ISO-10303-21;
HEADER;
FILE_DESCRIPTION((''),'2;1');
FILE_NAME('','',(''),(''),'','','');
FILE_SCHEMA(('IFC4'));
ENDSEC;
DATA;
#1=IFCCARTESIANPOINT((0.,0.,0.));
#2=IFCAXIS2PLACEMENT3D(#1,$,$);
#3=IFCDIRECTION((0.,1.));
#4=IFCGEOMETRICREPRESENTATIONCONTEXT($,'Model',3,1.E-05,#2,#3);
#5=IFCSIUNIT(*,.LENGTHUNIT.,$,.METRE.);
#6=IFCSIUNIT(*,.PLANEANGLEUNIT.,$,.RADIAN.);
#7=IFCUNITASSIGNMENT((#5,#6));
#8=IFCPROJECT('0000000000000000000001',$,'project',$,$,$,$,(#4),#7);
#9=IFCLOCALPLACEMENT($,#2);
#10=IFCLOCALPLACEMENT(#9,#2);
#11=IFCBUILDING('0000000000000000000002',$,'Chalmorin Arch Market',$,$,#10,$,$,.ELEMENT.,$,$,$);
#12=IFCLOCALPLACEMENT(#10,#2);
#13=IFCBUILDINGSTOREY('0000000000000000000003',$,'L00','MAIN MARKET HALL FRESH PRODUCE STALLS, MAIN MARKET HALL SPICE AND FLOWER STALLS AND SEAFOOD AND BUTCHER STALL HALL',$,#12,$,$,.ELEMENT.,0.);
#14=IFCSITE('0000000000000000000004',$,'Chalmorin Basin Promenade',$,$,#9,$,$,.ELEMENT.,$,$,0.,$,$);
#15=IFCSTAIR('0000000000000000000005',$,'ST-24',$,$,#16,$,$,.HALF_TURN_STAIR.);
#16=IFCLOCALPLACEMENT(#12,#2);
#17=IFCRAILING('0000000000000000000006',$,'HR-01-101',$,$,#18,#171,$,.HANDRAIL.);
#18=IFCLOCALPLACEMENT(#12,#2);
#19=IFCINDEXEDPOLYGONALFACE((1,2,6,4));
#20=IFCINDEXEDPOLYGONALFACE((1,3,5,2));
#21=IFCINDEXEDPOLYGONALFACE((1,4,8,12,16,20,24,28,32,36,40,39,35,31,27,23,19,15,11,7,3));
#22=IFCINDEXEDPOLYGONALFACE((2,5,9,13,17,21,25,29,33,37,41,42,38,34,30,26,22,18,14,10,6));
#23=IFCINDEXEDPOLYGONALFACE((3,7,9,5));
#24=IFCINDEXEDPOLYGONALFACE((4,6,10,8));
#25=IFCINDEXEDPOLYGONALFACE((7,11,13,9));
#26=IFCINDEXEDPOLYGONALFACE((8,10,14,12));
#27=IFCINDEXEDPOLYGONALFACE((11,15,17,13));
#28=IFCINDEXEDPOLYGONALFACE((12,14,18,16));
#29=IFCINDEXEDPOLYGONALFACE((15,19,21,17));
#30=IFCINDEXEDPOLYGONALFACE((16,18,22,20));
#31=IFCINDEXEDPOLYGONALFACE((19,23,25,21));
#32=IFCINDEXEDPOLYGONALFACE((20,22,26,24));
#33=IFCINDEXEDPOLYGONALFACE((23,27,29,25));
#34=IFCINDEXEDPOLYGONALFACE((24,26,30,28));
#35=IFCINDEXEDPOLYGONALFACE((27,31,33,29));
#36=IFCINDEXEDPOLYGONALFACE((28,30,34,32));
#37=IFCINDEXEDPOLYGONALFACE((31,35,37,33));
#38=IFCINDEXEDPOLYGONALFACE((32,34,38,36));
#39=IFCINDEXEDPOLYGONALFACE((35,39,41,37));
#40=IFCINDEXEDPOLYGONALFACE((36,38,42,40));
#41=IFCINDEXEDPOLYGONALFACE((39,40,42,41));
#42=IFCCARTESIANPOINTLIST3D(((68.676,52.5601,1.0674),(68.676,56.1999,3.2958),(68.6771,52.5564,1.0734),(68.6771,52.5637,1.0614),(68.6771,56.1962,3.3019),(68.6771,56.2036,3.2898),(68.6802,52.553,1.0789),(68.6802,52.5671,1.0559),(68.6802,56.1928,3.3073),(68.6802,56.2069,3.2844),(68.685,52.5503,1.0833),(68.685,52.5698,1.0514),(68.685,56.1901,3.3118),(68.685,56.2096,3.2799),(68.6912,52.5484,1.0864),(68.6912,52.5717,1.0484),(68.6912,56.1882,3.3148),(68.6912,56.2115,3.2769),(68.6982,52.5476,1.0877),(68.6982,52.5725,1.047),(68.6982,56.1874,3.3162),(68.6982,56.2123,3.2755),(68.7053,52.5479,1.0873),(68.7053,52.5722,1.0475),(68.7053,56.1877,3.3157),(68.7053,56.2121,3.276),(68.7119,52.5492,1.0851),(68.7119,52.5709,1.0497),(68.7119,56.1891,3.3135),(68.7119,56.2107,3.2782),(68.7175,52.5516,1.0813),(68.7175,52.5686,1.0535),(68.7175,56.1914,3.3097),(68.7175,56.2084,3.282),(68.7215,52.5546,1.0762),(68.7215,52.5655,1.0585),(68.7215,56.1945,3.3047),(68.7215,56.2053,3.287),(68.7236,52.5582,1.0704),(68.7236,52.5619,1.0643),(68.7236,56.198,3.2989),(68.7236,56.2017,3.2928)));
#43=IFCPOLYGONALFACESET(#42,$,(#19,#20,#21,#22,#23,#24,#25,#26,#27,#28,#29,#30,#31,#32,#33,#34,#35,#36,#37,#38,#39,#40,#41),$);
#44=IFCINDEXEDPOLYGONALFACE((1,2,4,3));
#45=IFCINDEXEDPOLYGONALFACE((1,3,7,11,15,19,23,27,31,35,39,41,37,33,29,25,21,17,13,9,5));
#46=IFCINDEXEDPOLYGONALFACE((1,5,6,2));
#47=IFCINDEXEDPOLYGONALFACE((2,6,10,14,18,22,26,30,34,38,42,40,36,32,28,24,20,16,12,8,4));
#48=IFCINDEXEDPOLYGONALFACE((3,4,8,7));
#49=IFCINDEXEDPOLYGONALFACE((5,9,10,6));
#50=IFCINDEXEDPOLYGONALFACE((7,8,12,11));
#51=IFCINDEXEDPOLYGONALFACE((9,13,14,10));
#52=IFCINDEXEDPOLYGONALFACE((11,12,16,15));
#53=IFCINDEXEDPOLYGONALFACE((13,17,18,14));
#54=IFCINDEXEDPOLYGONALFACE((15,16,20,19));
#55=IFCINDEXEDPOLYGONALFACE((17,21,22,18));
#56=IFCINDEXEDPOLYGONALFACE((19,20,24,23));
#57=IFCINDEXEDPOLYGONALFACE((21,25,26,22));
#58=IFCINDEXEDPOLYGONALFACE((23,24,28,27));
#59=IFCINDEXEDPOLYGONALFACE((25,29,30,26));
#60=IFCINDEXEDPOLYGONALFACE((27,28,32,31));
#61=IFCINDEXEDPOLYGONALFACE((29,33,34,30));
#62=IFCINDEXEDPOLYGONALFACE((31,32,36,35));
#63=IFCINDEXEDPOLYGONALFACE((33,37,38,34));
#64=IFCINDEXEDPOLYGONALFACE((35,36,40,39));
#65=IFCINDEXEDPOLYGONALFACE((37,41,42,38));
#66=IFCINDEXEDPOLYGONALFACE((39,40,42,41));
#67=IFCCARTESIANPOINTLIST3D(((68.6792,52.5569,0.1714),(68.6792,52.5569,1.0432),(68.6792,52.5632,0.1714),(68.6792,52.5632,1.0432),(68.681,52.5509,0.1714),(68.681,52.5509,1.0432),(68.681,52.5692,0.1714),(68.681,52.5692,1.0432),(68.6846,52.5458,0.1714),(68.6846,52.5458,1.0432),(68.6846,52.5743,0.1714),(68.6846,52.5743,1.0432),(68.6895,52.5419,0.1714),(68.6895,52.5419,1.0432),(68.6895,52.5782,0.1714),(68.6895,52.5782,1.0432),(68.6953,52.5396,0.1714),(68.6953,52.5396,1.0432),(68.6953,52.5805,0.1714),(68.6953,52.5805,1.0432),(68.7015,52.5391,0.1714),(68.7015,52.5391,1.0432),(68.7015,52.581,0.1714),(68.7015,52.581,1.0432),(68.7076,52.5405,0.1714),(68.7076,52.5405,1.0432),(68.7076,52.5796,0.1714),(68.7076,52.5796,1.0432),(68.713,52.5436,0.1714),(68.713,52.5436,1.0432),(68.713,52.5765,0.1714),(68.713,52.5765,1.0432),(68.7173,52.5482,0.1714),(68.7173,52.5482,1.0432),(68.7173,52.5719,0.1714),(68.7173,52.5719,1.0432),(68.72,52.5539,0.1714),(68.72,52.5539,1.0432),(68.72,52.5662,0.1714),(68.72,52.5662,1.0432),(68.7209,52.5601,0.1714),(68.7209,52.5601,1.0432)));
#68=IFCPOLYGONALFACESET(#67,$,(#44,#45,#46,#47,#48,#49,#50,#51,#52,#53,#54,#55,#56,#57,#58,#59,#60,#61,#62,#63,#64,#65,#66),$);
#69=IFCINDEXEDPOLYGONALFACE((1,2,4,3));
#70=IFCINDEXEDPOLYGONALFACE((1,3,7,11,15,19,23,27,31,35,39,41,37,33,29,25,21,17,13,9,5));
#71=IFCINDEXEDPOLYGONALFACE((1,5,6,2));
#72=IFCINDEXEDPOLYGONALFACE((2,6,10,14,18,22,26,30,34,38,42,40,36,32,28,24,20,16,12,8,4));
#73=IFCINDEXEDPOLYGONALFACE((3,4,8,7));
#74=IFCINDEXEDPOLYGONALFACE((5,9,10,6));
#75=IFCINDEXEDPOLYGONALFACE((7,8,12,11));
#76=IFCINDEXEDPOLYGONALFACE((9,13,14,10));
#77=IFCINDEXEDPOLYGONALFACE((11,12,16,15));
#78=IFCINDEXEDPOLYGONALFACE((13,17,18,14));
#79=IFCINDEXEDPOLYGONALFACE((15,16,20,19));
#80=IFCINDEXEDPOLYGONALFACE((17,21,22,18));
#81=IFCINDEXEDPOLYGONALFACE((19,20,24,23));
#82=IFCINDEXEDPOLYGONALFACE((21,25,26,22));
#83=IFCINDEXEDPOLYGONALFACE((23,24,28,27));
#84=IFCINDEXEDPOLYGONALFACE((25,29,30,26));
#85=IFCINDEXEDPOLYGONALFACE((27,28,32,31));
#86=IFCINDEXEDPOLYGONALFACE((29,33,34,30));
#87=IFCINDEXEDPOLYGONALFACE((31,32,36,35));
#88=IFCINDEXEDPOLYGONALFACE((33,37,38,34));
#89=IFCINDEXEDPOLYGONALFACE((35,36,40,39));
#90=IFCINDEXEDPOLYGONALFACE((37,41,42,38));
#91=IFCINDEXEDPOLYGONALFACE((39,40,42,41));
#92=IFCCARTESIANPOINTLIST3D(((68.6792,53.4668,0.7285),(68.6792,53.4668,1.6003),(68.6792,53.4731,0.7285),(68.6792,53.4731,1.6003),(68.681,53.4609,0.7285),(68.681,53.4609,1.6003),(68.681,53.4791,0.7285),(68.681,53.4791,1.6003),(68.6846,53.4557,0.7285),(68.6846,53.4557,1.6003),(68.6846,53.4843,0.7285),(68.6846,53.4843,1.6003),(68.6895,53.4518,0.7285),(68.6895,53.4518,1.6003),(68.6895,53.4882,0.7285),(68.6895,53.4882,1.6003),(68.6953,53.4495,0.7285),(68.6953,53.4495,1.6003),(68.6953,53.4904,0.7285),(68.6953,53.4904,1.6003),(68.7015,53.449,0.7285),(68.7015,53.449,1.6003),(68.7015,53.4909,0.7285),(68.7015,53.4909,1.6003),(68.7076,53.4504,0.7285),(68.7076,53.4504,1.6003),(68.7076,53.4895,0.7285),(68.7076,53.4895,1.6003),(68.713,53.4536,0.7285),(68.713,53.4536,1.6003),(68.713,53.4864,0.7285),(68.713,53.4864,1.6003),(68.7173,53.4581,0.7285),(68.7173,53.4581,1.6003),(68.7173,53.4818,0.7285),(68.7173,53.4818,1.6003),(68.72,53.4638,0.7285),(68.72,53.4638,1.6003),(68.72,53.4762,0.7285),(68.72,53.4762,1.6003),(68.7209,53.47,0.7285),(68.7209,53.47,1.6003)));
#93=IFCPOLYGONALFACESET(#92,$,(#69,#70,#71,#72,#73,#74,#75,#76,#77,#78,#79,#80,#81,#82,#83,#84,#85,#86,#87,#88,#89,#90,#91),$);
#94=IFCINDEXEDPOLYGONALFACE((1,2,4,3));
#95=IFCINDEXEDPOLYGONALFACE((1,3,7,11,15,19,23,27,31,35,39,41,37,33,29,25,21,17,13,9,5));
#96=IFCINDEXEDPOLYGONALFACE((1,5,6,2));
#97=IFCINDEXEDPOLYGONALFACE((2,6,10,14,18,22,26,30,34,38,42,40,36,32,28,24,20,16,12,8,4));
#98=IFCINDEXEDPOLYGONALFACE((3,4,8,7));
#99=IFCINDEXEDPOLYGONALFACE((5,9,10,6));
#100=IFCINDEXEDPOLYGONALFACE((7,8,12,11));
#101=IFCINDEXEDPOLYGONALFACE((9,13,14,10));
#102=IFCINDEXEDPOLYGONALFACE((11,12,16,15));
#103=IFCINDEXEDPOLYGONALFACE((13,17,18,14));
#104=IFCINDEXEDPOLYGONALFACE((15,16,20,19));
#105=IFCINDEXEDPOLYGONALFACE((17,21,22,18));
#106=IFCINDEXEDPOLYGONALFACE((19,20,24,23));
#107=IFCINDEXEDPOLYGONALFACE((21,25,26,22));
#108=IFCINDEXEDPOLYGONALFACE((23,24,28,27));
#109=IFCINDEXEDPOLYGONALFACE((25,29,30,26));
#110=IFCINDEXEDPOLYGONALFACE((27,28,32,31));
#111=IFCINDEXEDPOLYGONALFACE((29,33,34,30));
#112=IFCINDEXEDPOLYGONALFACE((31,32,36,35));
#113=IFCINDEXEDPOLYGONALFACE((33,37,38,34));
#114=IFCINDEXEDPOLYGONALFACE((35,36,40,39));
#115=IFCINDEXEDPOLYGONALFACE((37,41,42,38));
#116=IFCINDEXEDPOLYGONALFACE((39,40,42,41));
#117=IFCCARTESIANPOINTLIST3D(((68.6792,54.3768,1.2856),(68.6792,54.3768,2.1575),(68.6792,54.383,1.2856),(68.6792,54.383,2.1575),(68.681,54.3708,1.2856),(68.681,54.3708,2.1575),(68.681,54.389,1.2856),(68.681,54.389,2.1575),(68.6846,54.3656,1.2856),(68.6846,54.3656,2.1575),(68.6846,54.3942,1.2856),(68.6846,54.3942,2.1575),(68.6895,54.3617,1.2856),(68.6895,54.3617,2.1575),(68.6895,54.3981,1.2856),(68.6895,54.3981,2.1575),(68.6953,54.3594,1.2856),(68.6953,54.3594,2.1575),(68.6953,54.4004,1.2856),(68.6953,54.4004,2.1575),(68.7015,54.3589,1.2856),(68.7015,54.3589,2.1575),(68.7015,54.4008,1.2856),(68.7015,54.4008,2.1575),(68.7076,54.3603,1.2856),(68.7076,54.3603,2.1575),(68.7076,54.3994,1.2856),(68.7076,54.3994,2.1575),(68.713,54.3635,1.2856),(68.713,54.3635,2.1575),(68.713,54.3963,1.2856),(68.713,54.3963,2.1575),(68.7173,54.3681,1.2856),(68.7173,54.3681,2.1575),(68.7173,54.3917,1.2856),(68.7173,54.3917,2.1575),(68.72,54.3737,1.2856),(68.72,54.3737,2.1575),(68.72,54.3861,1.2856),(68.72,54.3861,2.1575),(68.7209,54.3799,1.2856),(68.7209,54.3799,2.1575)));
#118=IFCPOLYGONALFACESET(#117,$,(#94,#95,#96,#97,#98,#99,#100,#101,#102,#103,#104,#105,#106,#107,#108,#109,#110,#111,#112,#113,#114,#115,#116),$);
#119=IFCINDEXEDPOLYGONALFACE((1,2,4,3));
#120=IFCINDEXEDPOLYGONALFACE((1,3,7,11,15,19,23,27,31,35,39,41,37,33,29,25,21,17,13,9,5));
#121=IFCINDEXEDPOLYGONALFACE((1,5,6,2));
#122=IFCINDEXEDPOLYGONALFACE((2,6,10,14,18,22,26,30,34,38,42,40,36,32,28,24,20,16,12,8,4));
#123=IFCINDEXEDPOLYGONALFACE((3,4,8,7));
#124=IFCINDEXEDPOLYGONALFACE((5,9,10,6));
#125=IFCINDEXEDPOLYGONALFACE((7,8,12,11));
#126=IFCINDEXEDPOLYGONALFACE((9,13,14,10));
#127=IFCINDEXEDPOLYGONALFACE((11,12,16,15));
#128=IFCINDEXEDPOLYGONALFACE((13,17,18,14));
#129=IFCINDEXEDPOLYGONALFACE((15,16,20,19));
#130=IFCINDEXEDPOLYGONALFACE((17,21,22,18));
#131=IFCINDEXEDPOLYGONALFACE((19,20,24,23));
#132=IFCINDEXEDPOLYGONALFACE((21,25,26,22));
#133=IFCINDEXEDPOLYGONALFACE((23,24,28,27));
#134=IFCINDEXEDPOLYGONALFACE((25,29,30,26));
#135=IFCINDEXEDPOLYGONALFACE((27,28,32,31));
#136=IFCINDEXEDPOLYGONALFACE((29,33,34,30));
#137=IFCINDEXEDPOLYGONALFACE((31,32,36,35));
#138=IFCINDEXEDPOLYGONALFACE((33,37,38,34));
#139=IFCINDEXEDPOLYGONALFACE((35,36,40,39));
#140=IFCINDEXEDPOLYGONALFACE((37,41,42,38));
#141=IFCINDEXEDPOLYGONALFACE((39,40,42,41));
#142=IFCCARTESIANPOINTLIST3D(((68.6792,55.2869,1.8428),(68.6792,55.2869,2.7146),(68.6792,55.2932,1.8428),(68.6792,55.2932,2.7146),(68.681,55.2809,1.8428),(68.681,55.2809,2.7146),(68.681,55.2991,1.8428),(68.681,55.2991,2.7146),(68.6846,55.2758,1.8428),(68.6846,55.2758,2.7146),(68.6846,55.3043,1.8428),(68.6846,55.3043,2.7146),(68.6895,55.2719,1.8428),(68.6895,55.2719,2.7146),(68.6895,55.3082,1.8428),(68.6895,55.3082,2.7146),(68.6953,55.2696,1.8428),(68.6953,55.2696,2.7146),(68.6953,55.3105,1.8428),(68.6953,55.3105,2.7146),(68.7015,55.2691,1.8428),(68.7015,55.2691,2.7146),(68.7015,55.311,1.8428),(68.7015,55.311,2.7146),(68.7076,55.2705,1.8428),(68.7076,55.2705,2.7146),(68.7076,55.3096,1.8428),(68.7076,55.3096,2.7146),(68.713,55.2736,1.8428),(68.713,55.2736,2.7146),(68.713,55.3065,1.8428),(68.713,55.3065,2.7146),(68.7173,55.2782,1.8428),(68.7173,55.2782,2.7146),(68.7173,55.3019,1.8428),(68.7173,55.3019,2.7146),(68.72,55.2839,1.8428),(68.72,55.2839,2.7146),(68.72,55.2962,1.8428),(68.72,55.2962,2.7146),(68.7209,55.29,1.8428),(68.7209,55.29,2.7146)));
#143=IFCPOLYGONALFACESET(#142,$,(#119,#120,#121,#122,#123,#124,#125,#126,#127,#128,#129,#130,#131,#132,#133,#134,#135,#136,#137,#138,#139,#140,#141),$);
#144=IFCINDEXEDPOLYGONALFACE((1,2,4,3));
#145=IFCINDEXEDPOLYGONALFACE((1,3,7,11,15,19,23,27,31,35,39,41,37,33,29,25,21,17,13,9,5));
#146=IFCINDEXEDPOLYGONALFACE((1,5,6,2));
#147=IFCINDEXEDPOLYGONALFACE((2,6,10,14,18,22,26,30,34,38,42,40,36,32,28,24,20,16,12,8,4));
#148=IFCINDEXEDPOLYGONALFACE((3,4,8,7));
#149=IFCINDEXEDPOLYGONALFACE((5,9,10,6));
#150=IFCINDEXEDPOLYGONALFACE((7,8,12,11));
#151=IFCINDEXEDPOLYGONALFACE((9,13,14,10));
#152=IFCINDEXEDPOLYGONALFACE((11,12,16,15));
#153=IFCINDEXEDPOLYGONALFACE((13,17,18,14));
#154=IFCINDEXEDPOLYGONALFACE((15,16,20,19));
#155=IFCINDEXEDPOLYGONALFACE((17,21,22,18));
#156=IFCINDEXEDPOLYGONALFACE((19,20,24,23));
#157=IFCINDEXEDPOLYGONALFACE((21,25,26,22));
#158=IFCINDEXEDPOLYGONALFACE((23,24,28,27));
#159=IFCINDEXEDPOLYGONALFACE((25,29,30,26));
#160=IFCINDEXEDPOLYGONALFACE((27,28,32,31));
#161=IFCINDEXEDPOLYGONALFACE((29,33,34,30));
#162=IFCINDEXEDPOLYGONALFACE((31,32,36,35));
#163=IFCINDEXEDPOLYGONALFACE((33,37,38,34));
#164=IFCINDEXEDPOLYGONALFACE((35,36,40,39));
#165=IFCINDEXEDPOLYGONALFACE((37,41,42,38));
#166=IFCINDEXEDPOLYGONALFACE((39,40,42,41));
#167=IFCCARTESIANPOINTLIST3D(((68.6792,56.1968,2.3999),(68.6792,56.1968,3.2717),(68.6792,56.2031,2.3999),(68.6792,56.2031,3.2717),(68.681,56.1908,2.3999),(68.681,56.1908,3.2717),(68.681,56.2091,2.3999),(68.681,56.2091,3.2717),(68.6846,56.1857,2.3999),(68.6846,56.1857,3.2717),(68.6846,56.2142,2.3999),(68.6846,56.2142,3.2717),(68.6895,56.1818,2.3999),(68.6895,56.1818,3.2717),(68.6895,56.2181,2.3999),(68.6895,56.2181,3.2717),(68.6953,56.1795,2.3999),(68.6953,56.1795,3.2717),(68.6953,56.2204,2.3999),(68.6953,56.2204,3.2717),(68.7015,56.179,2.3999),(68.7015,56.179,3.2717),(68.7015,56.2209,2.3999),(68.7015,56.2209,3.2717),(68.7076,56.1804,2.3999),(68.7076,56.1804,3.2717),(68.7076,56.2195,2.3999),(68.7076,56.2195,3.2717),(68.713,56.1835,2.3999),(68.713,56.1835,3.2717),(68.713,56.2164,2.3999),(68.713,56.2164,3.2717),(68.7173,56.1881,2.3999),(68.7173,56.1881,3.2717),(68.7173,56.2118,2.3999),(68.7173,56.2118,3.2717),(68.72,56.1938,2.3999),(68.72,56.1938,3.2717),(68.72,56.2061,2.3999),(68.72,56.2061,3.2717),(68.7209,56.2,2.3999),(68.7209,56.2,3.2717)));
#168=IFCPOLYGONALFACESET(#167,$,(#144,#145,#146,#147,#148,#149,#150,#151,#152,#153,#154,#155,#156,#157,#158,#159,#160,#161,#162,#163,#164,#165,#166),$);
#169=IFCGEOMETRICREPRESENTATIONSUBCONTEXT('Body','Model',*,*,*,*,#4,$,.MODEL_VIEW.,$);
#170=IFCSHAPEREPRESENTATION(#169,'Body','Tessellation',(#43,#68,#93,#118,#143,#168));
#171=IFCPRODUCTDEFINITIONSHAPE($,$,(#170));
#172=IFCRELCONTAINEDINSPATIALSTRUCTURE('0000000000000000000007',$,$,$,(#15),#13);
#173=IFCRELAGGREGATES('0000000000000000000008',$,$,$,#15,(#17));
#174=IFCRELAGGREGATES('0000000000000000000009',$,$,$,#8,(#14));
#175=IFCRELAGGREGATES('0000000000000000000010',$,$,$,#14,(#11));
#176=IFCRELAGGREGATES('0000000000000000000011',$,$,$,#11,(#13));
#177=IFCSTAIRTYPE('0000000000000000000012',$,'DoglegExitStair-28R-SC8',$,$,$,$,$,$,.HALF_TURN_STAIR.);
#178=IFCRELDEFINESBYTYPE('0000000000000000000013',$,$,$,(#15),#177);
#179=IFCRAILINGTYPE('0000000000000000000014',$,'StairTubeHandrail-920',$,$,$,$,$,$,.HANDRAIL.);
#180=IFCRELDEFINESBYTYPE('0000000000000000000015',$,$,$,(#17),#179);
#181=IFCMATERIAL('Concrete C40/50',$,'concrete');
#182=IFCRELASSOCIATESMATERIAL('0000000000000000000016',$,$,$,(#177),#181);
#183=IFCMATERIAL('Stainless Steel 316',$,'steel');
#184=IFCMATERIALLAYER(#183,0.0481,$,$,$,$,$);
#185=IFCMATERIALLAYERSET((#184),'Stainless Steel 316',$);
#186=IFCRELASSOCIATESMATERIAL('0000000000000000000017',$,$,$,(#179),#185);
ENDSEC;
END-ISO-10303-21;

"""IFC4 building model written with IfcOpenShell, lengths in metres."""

from ifc_helpers import new_model, si_unit, direction, frame, origin, origin_2d, place, context, subcontext, project, spatial, circle, extrude, material, layer, layer_set, type_object, element, aggregate, save


model = new_model("IFC4")

# Units and contexts
model_context = context("Model", 3, precision=1e-05, world=origin(), true_north=direction((0.0, 1.0)))
body_context = subcontext(model_context, "Body", "Model", "MODEL_VIEW")
ifc_project = project(units=[si_unit("LENGTHUNIT", "METRE"), si_unit("PLANEANGLEUNIT", "RADIAN")], contexts=[model_context])

# Site, building, storey
site_placement = place(None, origin())
site = spatial("IfcSite", under=ifc_project, at=site_placement, Name="Chalmorin Basin Promenade", CompositionType="ELEMENT", RefElevation=0.0)
building_placement = place(site_placement, origin())
building = spatial("IfcBuilding", under=site, at=building_placement, Name="Chalmorin Arch Market", CompositionType="ELEMENT")
storey_placement = place(building_placement, origin())
storey = spatial("IfcBuildingStorey", under=building, at=storey_placement, Name="L00", Description="MAIN MARKET HALL FRESH PRODUCE STALLS, MAIN MARKET HALL SPICE AND FLOWER STALLS AND SEAFOOD AND BUTCHER STALL HALL", CompositionType="ELEMENT", Elevation=0.0)

# Shared definitions
ifc_material_1 = material(Name="Concrete C40/50", Category="concrete")

# Stair, railing
stair_type = type_object("IfcStairType", Name="DoglegExitStair-28R-SC8", PredefinedType="HALF_TURN_STAIR", material=ifc_material_1)
stair_placement = place(storey_placement, origin())
stair = element("IfcStair", 1, at=stair_placement, inside=storey, type_object=stair_type, Name="ST-24", PredefinedType="HALF_TURN_STAIR")
ifc_material_2 = material(Name="Stainless Steel 316", Category="steel")
ifc_layer_1 = layer(ifc_material_2, 0.0481)
ifc_layer_set_1 = layer_set([ifc_layer_1], Name="Stainless Steel 316")
railing_type_1 = type_object("IfcRailingType", Name="StairTubeHandrail-920", PredefinedType="HANDRAIL", material=ifc_layer_set_1)
railing_1_placement = place(storey_placement, frame((68.7, 52.5601, 0.1714)))
railing_1 = element("IfcRailing", 2, at=railing_1_placement, type_object=railing_type_1, Name="HR-01-101", PredefinedType="HANDRAIL", context=body_context, shape_type="SweptSolid", body=[
    extrude(circle(Radius=0.0239, at=origin_2d()), frame((0.0, 0.0, 0.896), z_axis=(0.0, 0.85285, 0.522156), x_axis=(-1.0, 0.0, 0.0)), (0.0, 0.0, 1.0), 4.2678),
    extrude(circle(Radius=0.021, at=origin_2d()), origin(), (0.0, 0.0, 1.0), 0.8718),
    extrude(circle(Radius=0.021, at=origin_2d()), frame((0.0, 0.9099, 0.5571)), (0.0, 0.0, 1.0), 0.8718),
    extrude(circle(Radius=0.021, at=origin_2d()), frame((0.0, 1.8198, 1.1143)), (0.0, 0.0, 1.0), 0.8718),
    extrude(circle(Radius=0.021, at=origin_2d()), frame((0.0, 2.73, 1.6714)), (0.0, 0.0, 1.0), 0.8718),
    extrude(circle(Radius=0.021, at=origin_2d()), frame((0.0, 3.6399, 2.2285)), (0.0, 0.0, 1.0), 0.8718),
])
aggregate(stair, [railing_1])

save(model, "model.ifc")
